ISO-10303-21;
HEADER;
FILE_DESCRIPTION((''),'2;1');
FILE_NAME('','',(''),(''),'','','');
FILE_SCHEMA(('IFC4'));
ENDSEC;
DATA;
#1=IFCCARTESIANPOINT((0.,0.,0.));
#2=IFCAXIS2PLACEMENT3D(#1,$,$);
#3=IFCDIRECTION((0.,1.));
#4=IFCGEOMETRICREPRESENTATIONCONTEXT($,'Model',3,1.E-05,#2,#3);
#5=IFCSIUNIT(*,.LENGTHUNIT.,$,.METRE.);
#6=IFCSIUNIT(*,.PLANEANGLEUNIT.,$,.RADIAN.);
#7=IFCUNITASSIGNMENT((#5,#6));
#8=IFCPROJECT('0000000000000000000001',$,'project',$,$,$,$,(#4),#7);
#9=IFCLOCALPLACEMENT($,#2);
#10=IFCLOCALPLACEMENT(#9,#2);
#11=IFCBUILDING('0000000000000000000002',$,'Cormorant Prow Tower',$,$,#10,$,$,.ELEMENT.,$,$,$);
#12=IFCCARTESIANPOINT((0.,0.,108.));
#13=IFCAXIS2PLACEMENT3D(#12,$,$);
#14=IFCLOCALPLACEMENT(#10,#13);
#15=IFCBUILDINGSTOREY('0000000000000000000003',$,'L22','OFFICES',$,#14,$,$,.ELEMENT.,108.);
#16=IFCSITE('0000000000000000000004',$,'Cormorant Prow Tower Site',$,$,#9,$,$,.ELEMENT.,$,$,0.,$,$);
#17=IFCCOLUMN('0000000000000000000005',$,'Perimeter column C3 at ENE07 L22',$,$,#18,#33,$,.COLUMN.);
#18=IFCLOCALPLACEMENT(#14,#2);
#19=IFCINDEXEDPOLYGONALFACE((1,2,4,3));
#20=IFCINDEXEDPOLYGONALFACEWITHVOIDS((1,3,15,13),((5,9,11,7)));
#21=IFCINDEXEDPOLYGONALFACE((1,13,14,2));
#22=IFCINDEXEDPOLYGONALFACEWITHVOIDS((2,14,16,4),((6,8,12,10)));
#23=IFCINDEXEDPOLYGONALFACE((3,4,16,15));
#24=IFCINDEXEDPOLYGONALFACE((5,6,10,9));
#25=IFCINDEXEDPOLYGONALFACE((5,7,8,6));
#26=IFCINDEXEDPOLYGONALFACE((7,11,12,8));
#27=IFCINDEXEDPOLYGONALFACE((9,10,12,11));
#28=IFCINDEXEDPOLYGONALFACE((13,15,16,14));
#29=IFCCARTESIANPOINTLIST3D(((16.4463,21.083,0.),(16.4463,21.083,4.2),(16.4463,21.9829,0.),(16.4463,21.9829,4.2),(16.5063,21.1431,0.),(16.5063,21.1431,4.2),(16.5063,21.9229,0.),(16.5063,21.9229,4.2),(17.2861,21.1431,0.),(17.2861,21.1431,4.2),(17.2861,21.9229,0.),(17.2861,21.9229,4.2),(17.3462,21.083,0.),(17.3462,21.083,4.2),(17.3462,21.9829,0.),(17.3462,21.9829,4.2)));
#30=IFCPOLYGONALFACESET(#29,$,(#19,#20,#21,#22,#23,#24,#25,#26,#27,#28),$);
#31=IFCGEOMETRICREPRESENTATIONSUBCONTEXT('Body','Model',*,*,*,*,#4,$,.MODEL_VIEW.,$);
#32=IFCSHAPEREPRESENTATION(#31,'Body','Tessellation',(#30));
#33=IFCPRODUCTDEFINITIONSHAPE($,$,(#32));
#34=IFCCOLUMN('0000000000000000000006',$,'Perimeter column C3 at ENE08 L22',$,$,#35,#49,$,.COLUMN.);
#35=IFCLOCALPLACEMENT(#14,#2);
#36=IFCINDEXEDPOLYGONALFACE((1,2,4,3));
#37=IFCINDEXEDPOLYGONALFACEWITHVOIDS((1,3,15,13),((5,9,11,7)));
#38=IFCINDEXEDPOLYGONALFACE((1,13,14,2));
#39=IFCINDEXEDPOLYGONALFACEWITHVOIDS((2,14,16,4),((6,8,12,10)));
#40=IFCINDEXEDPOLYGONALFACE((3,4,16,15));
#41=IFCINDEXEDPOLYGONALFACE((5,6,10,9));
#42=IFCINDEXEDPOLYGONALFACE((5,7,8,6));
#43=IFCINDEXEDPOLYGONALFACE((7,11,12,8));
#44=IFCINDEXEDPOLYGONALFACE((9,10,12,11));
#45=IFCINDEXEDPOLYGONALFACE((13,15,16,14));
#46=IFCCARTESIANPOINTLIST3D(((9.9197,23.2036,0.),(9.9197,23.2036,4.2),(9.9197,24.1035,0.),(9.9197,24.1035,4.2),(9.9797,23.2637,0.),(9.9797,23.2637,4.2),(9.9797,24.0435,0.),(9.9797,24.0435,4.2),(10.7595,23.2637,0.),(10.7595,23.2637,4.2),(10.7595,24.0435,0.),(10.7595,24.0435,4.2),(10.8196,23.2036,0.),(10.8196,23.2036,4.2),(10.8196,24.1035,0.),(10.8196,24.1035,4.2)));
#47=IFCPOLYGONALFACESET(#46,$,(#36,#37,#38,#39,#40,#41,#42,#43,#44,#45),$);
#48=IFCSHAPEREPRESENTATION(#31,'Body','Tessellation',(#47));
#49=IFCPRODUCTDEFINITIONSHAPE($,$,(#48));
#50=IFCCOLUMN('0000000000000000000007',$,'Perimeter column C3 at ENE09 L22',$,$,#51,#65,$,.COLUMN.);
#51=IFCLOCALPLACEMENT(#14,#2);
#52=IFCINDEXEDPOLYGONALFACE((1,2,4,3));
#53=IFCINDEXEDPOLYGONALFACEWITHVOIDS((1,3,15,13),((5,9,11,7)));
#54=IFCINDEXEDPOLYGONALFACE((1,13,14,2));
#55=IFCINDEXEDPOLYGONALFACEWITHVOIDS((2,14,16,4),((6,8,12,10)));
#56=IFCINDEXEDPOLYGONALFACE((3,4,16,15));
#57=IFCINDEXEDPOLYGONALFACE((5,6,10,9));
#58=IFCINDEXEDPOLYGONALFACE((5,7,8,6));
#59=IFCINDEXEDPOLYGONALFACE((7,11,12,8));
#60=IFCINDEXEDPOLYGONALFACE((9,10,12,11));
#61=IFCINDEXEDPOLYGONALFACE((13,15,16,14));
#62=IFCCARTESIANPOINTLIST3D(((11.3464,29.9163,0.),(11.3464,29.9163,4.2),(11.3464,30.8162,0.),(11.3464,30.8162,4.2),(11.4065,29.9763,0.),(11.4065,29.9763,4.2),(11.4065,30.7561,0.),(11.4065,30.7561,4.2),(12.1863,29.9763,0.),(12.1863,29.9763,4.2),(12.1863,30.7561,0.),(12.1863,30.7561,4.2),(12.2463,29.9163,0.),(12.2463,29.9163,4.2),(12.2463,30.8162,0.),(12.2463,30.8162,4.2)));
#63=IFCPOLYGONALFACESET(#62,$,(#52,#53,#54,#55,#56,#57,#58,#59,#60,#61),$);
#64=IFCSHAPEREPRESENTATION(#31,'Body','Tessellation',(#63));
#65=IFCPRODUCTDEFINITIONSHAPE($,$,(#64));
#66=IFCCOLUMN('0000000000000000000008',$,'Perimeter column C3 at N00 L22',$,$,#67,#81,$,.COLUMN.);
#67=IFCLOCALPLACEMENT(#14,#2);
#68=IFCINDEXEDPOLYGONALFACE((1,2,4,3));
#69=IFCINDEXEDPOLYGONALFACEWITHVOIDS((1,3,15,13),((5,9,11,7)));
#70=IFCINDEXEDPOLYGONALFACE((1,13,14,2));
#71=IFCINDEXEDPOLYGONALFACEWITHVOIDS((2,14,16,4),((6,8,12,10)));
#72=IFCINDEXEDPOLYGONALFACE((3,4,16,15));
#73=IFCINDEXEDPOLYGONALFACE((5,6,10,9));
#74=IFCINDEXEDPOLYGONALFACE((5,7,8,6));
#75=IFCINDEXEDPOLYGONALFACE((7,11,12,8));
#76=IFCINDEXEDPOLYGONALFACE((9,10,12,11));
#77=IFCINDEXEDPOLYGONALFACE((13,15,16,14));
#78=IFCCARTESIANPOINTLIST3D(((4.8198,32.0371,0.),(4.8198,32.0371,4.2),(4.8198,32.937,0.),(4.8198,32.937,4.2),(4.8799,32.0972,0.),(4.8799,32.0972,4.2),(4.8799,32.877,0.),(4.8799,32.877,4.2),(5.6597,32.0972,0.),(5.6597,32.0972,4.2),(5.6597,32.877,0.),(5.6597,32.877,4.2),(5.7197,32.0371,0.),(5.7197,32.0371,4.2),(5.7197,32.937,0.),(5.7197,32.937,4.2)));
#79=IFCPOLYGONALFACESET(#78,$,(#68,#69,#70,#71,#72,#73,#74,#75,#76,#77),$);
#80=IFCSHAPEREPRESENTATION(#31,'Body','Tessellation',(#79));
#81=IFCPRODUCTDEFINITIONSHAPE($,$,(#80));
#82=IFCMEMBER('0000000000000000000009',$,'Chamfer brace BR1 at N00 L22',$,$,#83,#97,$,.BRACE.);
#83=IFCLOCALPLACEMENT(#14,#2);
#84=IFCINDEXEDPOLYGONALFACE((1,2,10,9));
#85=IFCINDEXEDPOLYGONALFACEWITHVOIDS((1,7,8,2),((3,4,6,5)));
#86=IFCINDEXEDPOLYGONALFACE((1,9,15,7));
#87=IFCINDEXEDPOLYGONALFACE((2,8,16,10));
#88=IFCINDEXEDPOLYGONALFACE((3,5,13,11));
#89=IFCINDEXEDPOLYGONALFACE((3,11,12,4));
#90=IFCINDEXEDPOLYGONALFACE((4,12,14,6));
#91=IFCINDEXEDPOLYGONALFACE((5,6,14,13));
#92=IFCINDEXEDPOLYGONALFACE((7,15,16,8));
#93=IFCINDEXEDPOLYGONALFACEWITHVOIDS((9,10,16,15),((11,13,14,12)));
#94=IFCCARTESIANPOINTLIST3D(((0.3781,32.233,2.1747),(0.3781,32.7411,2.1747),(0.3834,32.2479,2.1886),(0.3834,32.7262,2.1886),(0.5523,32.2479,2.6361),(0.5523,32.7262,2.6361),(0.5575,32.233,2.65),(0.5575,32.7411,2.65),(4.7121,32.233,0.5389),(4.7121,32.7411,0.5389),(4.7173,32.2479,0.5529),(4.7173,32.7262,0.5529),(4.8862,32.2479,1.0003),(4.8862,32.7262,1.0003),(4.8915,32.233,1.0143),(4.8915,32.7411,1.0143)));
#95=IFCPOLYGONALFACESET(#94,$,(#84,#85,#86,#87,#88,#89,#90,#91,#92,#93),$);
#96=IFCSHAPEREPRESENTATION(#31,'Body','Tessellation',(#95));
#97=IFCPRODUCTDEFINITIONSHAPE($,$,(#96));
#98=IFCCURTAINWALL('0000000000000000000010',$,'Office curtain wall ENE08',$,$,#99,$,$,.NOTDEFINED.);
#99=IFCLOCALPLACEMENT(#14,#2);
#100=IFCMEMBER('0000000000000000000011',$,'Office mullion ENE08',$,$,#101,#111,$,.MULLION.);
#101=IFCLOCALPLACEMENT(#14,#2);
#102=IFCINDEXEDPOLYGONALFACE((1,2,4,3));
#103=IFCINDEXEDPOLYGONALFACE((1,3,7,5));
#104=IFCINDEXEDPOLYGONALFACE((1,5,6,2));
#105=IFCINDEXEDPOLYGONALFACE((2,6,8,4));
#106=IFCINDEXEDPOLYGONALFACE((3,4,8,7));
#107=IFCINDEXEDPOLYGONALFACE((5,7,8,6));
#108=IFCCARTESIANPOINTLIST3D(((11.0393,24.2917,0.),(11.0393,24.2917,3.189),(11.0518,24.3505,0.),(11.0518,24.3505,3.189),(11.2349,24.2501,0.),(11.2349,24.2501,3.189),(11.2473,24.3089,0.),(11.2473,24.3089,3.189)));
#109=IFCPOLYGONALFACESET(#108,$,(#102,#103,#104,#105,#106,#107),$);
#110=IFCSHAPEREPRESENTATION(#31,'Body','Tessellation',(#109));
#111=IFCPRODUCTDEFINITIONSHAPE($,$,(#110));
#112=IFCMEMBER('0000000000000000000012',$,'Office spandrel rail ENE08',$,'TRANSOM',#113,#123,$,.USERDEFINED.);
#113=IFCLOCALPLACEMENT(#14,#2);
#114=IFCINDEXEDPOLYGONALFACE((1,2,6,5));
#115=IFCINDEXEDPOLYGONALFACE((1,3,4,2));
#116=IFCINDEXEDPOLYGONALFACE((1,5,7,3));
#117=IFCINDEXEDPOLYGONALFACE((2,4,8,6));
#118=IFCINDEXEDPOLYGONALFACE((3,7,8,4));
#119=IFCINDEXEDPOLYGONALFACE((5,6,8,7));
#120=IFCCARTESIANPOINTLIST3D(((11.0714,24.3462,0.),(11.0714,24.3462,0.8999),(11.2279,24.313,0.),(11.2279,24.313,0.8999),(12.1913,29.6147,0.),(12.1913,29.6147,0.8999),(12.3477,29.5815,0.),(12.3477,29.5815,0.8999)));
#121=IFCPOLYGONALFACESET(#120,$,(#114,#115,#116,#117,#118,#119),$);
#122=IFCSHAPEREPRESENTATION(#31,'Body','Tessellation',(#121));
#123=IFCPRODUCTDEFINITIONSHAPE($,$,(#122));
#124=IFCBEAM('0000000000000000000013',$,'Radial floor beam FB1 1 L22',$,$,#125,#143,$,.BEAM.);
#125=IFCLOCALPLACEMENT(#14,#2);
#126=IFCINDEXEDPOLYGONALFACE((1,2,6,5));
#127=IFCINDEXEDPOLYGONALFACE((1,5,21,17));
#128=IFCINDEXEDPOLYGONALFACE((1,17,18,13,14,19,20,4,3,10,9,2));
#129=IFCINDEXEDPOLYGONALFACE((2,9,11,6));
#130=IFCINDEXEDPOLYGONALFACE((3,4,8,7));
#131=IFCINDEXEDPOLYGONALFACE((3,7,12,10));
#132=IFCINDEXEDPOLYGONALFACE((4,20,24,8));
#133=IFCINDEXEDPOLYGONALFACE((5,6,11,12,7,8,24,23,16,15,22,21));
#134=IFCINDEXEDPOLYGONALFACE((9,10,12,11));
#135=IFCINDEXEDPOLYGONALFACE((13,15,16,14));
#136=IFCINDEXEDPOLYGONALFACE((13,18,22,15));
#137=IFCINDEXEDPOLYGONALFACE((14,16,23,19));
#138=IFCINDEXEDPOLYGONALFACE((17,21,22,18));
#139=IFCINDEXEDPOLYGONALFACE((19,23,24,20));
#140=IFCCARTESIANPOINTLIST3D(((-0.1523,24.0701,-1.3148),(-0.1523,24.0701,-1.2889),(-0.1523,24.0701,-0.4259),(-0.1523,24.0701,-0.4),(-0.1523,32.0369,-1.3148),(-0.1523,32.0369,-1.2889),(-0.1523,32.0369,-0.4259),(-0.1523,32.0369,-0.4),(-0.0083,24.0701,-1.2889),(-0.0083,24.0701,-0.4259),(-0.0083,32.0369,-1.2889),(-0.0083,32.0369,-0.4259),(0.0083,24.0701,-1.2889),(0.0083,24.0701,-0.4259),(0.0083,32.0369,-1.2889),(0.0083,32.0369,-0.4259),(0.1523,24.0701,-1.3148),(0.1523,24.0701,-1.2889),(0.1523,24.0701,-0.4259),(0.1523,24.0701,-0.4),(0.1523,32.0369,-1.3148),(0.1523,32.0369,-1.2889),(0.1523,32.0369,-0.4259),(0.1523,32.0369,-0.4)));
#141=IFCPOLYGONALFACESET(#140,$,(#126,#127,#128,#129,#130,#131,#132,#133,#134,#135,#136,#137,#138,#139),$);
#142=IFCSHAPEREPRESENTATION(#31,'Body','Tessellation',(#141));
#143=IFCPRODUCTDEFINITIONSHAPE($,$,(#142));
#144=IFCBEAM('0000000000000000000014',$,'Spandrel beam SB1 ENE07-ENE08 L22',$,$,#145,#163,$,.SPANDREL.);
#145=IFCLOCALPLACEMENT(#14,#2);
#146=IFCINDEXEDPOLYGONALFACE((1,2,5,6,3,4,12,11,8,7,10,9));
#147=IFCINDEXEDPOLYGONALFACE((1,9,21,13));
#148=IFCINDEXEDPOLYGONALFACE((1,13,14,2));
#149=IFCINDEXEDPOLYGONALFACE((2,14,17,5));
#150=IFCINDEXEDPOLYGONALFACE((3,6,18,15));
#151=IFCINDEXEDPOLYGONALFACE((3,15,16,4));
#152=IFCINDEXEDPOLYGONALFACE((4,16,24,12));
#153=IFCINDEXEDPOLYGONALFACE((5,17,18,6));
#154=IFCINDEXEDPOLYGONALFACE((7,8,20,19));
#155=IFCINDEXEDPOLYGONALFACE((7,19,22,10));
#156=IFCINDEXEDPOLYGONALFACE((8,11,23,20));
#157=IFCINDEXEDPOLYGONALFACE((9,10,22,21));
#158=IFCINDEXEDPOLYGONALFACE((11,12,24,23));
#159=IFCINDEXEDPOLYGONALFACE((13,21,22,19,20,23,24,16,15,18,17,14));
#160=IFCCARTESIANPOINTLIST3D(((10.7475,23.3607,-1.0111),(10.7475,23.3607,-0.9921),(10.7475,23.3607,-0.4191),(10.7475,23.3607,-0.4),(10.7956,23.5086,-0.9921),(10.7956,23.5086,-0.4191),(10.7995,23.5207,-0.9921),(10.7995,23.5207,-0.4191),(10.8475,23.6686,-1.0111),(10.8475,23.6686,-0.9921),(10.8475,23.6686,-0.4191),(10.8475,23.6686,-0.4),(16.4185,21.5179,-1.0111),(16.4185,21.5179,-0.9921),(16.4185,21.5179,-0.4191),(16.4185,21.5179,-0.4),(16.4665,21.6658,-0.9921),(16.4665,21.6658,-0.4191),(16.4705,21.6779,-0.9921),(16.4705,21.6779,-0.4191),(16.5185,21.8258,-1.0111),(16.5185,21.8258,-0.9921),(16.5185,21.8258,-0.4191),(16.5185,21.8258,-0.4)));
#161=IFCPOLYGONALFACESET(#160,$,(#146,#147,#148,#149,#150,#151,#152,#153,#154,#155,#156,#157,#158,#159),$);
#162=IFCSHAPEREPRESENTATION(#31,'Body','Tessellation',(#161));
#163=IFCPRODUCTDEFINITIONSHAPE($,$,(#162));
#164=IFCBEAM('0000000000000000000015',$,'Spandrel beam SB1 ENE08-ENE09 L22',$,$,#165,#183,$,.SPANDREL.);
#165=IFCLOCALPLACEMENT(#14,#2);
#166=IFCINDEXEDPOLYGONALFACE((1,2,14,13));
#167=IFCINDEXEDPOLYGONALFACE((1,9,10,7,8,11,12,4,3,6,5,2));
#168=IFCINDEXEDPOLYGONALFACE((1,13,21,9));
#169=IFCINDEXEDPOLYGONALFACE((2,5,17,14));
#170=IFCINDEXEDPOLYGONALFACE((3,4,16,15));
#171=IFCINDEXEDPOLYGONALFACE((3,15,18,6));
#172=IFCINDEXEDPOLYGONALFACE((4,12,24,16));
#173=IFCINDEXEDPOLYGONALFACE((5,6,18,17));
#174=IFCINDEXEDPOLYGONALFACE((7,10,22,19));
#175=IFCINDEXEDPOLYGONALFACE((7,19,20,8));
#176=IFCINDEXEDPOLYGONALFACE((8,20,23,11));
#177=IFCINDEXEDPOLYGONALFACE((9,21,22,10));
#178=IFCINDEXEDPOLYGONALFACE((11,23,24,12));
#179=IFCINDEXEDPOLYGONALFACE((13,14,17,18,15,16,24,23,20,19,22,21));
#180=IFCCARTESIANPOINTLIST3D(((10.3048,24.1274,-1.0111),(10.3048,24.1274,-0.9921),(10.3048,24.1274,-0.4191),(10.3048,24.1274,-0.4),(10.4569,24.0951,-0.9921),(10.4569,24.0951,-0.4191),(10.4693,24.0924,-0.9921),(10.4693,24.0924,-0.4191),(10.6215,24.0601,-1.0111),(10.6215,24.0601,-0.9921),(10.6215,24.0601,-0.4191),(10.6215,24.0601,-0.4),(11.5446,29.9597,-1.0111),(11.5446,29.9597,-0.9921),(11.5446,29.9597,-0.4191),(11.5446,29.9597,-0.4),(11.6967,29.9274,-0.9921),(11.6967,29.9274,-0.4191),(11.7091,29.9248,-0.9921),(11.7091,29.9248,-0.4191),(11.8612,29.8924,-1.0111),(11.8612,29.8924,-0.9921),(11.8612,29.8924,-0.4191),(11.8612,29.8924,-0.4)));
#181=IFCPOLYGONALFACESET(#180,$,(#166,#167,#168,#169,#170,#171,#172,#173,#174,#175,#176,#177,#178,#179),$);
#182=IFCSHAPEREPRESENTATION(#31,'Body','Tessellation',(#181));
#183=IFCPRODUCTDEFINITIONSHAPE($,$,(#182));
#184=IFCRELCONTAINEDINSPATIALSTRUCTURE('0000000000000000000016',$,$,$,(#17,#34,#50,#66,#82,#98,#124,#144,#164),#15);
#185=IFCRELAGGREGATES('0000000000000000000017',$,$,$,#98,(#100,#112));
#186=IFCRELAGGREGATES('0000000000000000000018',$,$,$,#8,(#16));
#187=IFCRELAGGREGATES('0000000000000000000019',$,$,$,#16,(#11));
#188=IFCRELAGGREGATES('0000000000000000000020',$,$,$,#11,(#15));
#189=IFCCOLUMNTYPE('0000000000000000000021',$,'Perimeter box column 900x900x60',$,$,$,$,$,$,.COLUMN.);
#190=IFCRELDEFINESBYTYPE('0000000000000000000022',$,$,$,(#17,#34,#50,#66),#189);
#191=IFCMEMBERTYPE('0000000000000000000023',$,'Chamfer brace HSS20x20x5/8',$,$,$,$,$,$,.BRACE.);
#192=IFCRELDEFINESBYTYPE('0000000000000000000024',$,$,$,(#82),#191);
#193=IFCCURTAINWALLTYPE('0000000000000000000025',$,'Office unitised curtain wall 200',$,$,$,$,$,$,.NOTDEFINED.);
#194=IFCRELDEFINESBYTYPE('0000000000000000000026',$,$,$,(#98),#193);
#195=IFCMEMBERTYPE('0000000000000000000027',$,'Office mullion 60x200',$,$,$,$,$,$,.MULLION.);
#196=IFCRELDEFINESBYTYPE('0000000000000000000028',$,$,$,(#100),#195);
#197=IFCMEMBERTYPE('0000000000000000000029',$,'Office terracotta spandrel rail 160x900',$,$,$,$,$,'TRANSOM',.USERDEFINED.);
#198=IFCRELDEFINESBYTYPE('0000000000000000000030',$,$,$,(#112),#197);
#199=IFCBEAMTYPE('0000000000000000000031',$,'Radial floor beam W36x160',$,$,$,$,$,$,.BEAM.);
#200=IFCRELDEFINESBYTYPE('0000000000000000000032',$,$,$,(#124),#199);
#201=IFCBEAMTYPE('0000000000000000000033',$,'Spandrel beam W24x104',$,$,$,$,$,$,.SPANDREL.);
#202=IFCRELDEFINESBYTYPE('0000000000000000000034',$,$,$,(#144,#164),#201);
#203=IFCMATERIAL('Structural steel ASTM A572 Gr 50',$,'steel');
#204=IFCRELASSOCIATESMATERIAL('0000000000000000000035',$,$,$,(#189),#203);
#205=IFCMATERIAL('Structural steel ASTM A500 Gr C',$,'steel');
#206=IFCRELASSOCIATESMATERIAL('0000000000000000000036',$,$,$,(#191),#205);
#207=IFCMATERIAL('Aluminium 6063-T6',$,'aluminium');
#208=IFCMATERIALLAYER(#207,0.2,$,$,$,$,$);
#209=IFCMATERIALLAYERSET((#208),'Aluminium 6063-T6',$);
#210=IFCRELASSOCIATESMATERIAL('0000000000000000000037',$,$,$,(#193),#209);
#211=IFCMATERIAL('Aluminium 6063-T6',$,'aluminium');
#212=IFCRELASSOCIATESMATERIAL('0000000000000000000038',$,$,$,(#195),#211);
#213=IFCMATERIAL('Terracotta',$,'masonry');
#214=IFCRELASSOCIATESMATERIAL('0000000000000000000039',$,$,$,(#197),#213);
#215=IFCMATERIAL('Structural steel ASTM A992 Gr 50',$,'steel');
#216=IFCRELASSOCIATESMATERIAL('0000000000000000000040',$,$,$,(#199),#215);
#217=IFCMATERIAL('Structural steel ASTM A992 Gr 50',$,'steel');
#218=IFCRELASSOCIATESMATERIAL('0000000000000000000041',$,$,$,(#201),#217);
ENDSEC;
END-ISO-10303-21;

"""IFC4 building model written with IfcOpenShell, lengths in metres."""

from ifc_helpers import new_model, si_unit, direction, frame, origin, origin_2d, place, context, subcontext, project, spatial, rectangle, hollow_rectangle, i_section, extrude, material, layer, layer_set, material_profile, profile_set, type_object, element, aggregate, save


model = new_model("IFC4")

# Units and contexts
model_context = context("Model", 3, precision=1e-05, world=origin(), true_north=direction((0.0, 1.0)))
body_context = subcontext(model_context, "Body", "Model", "MODEL_VIEW")
ifc_project = project(units=[si_unit("LENGTHUNIT", "METRE"), si_unit("PLANEANGLEUNIT", "RADIAN")], contexts=[model_context])

# Site, building, storey
site_placement = place(None, origin())
site = spatial("IfcSite", under=ifc_project, at=site_placement, Name="Cormorant Prow Tower Site", CompositionType="ELEMENT", RefElevation=0.0)
building_placement = place(site_placement, origin())
building = spatial("IfcBuilding", under=site, at=building_placement, Name="Cormorant Prow Tower", CompositionType="ELEMENT")
storey_placement = place(building_placement, frame((0.0, 0.0, 108.0)))
storey = spatial("IfcBuildingStorey", under=building, at=storey_placement, Name="L22", Description="OFFICES", CompositionType="ELEMENT", Elevation=108.0)

# Columns
ifc_material_1 = material(Name="Structural steel ASTM A572 Gr 50", Category="steel")
ifc_material_profile_1 = material_profile(ifc_material_1, hollow_rectangle(XDim=0.8999, YDim=0.8999, WallThickness=0.0601, at=origin_2d()), Name="Box 900x900x60")
ifc_profile_set_1 = profile_set([ifc_material_profile_1], Name="Structural steel ASTM A572 Gr 50")
column_type = type_object("IfcColumnType", Name="Perimeter box column 900x900x60", PredefinedType="COLUMN", material=ifc_profile_set_1)
for number, where, z_axis, x_axis, name in (
    (1, (16.8962, 21.533, 0.0), (0.0, 0.0, 1.0), (1.0, 0.0, 0.0), "Perimeter column C3 at ENE07 L22"),
    (2, (10.3696, 23.6536, 0.0), (0.0, 0.0, 1.0), (1.0, 0.0, 0.0), "Perimeter column C3 at ENE08 L22"),
    (3, (11.7964, 30.3662, 0.0), (0.0, 0.0, 1.0), (1.0, 0.0, 0.0), "Perimeter column C3 at ENE09 L22"),
    (4, (5.2698, 32.4871, 0.0), (0.0, 0.0, 1.0), (1.0, 0.0, 0.0), "Perimeter column C3 at N00 L22"),
):
    element("IfcColumn", number, at=place(storey_placement, frame(where, z_axis=z_axis, x_axis=x_axis)), inside=storey, type_object=column_type, Name=name, PredefinedType="COLUMN", context=body_context, shape_type="SweptSolid", body=[
        extrude(hollow_rectangle(XDim=0.8999, YDim=0.8999, WallThickness=0.0601, at=origin_2d()), origin(), (0.0, 0.0, 1.0), 4.2),
    ])

# Member
ifc_material_2 = material(Name="Structural steel ASTM A500 Gr C", Category="steel")
ifc_material_profile_2 = material_profile(ifc_material_2, hollow_rectangle(XDim=0.5081, YDim=0.5081, WallThickness=0.0149, at=origin_2d()), Name="HSS20x20x5/8")
ifc_profile_set_2 = profile_set([ifc_material_profile_2], Name="Structural steel ASTM A500 Gr C")
member_type_1 = type_object("IfcMemberType", Name="Chamfer brace HSS20x20x5/8", PredefinedType="BRACE", material=ifc_profile_set_2)
member_1_placement = place(storey_placement, frame((4.8018, 32.4871, 0.7766), z_axis=(-0.935582, 0.0, 0.353109), x_axis=(0.0, -1.0, 0.0)))
element("IfcMember", 5, at=member_1_placement, inside=storey, type_object=member_type_1, Name="Chamfer brace BR1 at N00 L22", PredefinedType="BRACE", context=body_context, shape_type="SweptSolid", body=[
    extrude(hollow_rectangle(XDim=0.5081, YDim=0.5081, WallThickness=0.0149, at=origin_2d()), origin(), (0.0, 0.0, 1.0), 4.6323),
])

# Curtain wall, members
ifc_material_3 = material(Name="Aluminium 6063-T6", Category="aluminium")
ifc_layer_1 = layer(ifc_material_3, 0.2)
ifc_layer_set_1 = layer_set([ifc_layer_1], Name="Aluminium 6063-T6")
curtain_wall_type = type_object("IfcCurtainWallType", Name="Office unitised curtain wall 200", PredefinedType="NOTDEFINED", material=ifc_layer_set_1)
curtain_wall_placement = place(storey_placement, origin())
curtain_wall = element("IfcCurtainWall", 6, at=curtain_wall_placement, inside=storey, type_object=curtain_wall_type, Name="Office curtain wall ENE08", PredefinedType="NOTDEFINED")
ifc_material_4 = material(Name="Aluminium 6063-T6", Category="aluminium")
ifc_material_profile_3 = material_profile(ifc_material_4, rectangle(XDim=0.2, YDim=0.0601, at=origin_2d()), Name="Office mullion 60x200")
ifc_profile_set_3 = profile_set([ifc_material_profile_3], Name="Aluminium 6063-T6")
member_type_2 = type_object("IfcMemberType", Name="Office mullion 60x200", PredefinedType="MULLION", material=ifc_profile_set_3)
member_2_placement = place(storey_placement, frame((11.1433, 24.3003, 0.0), z_axis=(0.0, 0.0, 1.0), x_axis=(-0.978148, 0.207912, 0.0)))
member_2 = element("IfcMember", 7, at=member_2_placement, type_object=member_type_2, Name="Office mullion ENE08", PredefinedType="MULLION", context=body_context, shape_type="SweptSolid", body=[
    extrude(rectangle(XDim=0.2, YDim=0.0601, at=origin_2d()), origin(), (0.0, 0.0, 1.0), 3.189),
])
ifc_material_5 = material(Name="Terracotta", Category="masonry")
ifc_material_profile_4 = material_profile(ifc_material_5, rectangle(XDim=0.1599, YDim=0.8999, at=origin_2d()), Name="Office terracotta spandrel rail 160x900")
ifc_profile_set_4 = profile_set([ifc_material_profile_4], Name="Terracotta")
member_type_3 = type_object("IfcMemberType", Name="Office terracotta spandrel rail 160x900", ElementType="TRANSOM", PredefinedType="USERDEFINED", material=ifc_profile_set_4)
member_3_placement = place(storey_placement, frame((11.1497, 24.3296, 0.45), z_axis=(0.207913, 0.978147, 0.0), x_axis=(-0.978147, 0.207913, 0.0)))
member_3 = element("IfcMember", 8, at=member_3_placement, type_object=member_type_3, Name="Office spandrel rail ENE08", ObjectType="TRANSOM", PredefinedType="USERDEFINED", context=body_context, shape_type="SweptSolid", body=[
    extrude(rectangle(XDim=0.1599, YDim=0.8999, at=origin_2d()), origin(), (0.0, 0.0, 1.0), 5.3862),
])

# Beams
ifc_material_6 = material(Name="Structural steel ASTM A992 Gr 50", Category="steel")
ifc_material_profile_5 = material_profile(ifc_material_6, i_section(OverallWidth=0.3047, OverallDepth=0.9148, WebThickness=0.0166, FlangeThickness=0.0259, at=origin_2d()), Name="W36x160")
ifc_profile_set_5 = profile_set([ifc_material_profile_5], Name="Structural steel ASTM A992 Gr 50")
beam_type_1 = type_object("IfcBeamType", Name="Radial floor beam W36x160", PredefinedType="BEAM", material=ifc_profile_set_5)
beam_1_placement = place(storey_placement, frame((0.0, 24.0701, -0.8574), z_axis=(0.0, 1.0, 0.0), x_axis=(-1.0, 0.0, 0.0)))
element("IfcBeam", 9, at=beam_1_placement, inside=storey, type_object=beam_type_1, Name="Radial floor beam FB1 1 L22", PredefinedType="BEAM", context=body_context, shape_type="SweptSolid", body=[
    extrude(i_section(OverallWidth=0.3047, OverallDepth=0.9148, WebThickness=0.0166, FlangeThickness=0.0259, at=origin_2d()), origin(), (0.0, 0.0, 1.0), 7.9668),
])
ifc_material_7 = material(Name="Structural steel ASTM A992 Gr 50", Category="steel")
ifc_material_profile_6 = material_profile(ifc_material_7, i_section(OverallWidth=0.3237, OverallDepth=0.6111, WebThickness=0.0127, FlangeThickness=0.019, at=origin_2d()), Name="W24x104")
ifc_profile_set_6 = profile_set([ifc_material_profile_6], Name="Structural steel ASTM A992 Gr 50")
beam_type_2 = type_object("IfcBeamType", Name="Spandrel beam W24x104", PredefinedType="SPANDREL", material=ifc_profile_set_6)
beam_2_placement = place(storey_placement, frame((16.4685, 21.6719, -0.7056), z_axis=(-0.951047, 0.309045, 0.0), x_axis=(-0.309045, -0.951047, 0.0)))
element("IfcBeam", 10, at=beam_2_placement, inside=storey, type_object=beam_type_2, Name="Spandrel beam SB1 ENE07-ENE08 L22", PredefinedType="SPANDREL", context=body_context, shape_type="SweptSolid", body=[
    extrude(i_section(OverallWidth=0.3237, OverallDepth=0.6111, WebThickness=0.0127, FlangeThickness=0.019, at=origin_2d()), origin(), (0.0, 0.0, 1.0), 5.9629),
])
beam_3_placement = place(storey_placement, frame((10.4631, 24.0938, -0.7056), z_axis=(0.207921, 0.978146, 0.0), x_axis=(-0.978146, 0.207921, 0.0)))
element("IfcBeam", 11, at=beam_3_placement, inside=storey, type_object=beam_type_2, Name="Spandrel beam SB1 ENE08-ENE09 L22", PredefinedType="SPANDREL", context=body_context, shape_type="SweptSolid", body=[
    extrude(i_section(OverallWidth=0.3237, OverallDepth=0.6111, WebThickness=0.0127, FlangeThickness=0.019, at=origin_2d()), origin(), (0.0, 0.0, 1.0), 5.9626),
])

aggregate(curtain_wall, [member_2, member_3])

save(model, "model.ifc")
